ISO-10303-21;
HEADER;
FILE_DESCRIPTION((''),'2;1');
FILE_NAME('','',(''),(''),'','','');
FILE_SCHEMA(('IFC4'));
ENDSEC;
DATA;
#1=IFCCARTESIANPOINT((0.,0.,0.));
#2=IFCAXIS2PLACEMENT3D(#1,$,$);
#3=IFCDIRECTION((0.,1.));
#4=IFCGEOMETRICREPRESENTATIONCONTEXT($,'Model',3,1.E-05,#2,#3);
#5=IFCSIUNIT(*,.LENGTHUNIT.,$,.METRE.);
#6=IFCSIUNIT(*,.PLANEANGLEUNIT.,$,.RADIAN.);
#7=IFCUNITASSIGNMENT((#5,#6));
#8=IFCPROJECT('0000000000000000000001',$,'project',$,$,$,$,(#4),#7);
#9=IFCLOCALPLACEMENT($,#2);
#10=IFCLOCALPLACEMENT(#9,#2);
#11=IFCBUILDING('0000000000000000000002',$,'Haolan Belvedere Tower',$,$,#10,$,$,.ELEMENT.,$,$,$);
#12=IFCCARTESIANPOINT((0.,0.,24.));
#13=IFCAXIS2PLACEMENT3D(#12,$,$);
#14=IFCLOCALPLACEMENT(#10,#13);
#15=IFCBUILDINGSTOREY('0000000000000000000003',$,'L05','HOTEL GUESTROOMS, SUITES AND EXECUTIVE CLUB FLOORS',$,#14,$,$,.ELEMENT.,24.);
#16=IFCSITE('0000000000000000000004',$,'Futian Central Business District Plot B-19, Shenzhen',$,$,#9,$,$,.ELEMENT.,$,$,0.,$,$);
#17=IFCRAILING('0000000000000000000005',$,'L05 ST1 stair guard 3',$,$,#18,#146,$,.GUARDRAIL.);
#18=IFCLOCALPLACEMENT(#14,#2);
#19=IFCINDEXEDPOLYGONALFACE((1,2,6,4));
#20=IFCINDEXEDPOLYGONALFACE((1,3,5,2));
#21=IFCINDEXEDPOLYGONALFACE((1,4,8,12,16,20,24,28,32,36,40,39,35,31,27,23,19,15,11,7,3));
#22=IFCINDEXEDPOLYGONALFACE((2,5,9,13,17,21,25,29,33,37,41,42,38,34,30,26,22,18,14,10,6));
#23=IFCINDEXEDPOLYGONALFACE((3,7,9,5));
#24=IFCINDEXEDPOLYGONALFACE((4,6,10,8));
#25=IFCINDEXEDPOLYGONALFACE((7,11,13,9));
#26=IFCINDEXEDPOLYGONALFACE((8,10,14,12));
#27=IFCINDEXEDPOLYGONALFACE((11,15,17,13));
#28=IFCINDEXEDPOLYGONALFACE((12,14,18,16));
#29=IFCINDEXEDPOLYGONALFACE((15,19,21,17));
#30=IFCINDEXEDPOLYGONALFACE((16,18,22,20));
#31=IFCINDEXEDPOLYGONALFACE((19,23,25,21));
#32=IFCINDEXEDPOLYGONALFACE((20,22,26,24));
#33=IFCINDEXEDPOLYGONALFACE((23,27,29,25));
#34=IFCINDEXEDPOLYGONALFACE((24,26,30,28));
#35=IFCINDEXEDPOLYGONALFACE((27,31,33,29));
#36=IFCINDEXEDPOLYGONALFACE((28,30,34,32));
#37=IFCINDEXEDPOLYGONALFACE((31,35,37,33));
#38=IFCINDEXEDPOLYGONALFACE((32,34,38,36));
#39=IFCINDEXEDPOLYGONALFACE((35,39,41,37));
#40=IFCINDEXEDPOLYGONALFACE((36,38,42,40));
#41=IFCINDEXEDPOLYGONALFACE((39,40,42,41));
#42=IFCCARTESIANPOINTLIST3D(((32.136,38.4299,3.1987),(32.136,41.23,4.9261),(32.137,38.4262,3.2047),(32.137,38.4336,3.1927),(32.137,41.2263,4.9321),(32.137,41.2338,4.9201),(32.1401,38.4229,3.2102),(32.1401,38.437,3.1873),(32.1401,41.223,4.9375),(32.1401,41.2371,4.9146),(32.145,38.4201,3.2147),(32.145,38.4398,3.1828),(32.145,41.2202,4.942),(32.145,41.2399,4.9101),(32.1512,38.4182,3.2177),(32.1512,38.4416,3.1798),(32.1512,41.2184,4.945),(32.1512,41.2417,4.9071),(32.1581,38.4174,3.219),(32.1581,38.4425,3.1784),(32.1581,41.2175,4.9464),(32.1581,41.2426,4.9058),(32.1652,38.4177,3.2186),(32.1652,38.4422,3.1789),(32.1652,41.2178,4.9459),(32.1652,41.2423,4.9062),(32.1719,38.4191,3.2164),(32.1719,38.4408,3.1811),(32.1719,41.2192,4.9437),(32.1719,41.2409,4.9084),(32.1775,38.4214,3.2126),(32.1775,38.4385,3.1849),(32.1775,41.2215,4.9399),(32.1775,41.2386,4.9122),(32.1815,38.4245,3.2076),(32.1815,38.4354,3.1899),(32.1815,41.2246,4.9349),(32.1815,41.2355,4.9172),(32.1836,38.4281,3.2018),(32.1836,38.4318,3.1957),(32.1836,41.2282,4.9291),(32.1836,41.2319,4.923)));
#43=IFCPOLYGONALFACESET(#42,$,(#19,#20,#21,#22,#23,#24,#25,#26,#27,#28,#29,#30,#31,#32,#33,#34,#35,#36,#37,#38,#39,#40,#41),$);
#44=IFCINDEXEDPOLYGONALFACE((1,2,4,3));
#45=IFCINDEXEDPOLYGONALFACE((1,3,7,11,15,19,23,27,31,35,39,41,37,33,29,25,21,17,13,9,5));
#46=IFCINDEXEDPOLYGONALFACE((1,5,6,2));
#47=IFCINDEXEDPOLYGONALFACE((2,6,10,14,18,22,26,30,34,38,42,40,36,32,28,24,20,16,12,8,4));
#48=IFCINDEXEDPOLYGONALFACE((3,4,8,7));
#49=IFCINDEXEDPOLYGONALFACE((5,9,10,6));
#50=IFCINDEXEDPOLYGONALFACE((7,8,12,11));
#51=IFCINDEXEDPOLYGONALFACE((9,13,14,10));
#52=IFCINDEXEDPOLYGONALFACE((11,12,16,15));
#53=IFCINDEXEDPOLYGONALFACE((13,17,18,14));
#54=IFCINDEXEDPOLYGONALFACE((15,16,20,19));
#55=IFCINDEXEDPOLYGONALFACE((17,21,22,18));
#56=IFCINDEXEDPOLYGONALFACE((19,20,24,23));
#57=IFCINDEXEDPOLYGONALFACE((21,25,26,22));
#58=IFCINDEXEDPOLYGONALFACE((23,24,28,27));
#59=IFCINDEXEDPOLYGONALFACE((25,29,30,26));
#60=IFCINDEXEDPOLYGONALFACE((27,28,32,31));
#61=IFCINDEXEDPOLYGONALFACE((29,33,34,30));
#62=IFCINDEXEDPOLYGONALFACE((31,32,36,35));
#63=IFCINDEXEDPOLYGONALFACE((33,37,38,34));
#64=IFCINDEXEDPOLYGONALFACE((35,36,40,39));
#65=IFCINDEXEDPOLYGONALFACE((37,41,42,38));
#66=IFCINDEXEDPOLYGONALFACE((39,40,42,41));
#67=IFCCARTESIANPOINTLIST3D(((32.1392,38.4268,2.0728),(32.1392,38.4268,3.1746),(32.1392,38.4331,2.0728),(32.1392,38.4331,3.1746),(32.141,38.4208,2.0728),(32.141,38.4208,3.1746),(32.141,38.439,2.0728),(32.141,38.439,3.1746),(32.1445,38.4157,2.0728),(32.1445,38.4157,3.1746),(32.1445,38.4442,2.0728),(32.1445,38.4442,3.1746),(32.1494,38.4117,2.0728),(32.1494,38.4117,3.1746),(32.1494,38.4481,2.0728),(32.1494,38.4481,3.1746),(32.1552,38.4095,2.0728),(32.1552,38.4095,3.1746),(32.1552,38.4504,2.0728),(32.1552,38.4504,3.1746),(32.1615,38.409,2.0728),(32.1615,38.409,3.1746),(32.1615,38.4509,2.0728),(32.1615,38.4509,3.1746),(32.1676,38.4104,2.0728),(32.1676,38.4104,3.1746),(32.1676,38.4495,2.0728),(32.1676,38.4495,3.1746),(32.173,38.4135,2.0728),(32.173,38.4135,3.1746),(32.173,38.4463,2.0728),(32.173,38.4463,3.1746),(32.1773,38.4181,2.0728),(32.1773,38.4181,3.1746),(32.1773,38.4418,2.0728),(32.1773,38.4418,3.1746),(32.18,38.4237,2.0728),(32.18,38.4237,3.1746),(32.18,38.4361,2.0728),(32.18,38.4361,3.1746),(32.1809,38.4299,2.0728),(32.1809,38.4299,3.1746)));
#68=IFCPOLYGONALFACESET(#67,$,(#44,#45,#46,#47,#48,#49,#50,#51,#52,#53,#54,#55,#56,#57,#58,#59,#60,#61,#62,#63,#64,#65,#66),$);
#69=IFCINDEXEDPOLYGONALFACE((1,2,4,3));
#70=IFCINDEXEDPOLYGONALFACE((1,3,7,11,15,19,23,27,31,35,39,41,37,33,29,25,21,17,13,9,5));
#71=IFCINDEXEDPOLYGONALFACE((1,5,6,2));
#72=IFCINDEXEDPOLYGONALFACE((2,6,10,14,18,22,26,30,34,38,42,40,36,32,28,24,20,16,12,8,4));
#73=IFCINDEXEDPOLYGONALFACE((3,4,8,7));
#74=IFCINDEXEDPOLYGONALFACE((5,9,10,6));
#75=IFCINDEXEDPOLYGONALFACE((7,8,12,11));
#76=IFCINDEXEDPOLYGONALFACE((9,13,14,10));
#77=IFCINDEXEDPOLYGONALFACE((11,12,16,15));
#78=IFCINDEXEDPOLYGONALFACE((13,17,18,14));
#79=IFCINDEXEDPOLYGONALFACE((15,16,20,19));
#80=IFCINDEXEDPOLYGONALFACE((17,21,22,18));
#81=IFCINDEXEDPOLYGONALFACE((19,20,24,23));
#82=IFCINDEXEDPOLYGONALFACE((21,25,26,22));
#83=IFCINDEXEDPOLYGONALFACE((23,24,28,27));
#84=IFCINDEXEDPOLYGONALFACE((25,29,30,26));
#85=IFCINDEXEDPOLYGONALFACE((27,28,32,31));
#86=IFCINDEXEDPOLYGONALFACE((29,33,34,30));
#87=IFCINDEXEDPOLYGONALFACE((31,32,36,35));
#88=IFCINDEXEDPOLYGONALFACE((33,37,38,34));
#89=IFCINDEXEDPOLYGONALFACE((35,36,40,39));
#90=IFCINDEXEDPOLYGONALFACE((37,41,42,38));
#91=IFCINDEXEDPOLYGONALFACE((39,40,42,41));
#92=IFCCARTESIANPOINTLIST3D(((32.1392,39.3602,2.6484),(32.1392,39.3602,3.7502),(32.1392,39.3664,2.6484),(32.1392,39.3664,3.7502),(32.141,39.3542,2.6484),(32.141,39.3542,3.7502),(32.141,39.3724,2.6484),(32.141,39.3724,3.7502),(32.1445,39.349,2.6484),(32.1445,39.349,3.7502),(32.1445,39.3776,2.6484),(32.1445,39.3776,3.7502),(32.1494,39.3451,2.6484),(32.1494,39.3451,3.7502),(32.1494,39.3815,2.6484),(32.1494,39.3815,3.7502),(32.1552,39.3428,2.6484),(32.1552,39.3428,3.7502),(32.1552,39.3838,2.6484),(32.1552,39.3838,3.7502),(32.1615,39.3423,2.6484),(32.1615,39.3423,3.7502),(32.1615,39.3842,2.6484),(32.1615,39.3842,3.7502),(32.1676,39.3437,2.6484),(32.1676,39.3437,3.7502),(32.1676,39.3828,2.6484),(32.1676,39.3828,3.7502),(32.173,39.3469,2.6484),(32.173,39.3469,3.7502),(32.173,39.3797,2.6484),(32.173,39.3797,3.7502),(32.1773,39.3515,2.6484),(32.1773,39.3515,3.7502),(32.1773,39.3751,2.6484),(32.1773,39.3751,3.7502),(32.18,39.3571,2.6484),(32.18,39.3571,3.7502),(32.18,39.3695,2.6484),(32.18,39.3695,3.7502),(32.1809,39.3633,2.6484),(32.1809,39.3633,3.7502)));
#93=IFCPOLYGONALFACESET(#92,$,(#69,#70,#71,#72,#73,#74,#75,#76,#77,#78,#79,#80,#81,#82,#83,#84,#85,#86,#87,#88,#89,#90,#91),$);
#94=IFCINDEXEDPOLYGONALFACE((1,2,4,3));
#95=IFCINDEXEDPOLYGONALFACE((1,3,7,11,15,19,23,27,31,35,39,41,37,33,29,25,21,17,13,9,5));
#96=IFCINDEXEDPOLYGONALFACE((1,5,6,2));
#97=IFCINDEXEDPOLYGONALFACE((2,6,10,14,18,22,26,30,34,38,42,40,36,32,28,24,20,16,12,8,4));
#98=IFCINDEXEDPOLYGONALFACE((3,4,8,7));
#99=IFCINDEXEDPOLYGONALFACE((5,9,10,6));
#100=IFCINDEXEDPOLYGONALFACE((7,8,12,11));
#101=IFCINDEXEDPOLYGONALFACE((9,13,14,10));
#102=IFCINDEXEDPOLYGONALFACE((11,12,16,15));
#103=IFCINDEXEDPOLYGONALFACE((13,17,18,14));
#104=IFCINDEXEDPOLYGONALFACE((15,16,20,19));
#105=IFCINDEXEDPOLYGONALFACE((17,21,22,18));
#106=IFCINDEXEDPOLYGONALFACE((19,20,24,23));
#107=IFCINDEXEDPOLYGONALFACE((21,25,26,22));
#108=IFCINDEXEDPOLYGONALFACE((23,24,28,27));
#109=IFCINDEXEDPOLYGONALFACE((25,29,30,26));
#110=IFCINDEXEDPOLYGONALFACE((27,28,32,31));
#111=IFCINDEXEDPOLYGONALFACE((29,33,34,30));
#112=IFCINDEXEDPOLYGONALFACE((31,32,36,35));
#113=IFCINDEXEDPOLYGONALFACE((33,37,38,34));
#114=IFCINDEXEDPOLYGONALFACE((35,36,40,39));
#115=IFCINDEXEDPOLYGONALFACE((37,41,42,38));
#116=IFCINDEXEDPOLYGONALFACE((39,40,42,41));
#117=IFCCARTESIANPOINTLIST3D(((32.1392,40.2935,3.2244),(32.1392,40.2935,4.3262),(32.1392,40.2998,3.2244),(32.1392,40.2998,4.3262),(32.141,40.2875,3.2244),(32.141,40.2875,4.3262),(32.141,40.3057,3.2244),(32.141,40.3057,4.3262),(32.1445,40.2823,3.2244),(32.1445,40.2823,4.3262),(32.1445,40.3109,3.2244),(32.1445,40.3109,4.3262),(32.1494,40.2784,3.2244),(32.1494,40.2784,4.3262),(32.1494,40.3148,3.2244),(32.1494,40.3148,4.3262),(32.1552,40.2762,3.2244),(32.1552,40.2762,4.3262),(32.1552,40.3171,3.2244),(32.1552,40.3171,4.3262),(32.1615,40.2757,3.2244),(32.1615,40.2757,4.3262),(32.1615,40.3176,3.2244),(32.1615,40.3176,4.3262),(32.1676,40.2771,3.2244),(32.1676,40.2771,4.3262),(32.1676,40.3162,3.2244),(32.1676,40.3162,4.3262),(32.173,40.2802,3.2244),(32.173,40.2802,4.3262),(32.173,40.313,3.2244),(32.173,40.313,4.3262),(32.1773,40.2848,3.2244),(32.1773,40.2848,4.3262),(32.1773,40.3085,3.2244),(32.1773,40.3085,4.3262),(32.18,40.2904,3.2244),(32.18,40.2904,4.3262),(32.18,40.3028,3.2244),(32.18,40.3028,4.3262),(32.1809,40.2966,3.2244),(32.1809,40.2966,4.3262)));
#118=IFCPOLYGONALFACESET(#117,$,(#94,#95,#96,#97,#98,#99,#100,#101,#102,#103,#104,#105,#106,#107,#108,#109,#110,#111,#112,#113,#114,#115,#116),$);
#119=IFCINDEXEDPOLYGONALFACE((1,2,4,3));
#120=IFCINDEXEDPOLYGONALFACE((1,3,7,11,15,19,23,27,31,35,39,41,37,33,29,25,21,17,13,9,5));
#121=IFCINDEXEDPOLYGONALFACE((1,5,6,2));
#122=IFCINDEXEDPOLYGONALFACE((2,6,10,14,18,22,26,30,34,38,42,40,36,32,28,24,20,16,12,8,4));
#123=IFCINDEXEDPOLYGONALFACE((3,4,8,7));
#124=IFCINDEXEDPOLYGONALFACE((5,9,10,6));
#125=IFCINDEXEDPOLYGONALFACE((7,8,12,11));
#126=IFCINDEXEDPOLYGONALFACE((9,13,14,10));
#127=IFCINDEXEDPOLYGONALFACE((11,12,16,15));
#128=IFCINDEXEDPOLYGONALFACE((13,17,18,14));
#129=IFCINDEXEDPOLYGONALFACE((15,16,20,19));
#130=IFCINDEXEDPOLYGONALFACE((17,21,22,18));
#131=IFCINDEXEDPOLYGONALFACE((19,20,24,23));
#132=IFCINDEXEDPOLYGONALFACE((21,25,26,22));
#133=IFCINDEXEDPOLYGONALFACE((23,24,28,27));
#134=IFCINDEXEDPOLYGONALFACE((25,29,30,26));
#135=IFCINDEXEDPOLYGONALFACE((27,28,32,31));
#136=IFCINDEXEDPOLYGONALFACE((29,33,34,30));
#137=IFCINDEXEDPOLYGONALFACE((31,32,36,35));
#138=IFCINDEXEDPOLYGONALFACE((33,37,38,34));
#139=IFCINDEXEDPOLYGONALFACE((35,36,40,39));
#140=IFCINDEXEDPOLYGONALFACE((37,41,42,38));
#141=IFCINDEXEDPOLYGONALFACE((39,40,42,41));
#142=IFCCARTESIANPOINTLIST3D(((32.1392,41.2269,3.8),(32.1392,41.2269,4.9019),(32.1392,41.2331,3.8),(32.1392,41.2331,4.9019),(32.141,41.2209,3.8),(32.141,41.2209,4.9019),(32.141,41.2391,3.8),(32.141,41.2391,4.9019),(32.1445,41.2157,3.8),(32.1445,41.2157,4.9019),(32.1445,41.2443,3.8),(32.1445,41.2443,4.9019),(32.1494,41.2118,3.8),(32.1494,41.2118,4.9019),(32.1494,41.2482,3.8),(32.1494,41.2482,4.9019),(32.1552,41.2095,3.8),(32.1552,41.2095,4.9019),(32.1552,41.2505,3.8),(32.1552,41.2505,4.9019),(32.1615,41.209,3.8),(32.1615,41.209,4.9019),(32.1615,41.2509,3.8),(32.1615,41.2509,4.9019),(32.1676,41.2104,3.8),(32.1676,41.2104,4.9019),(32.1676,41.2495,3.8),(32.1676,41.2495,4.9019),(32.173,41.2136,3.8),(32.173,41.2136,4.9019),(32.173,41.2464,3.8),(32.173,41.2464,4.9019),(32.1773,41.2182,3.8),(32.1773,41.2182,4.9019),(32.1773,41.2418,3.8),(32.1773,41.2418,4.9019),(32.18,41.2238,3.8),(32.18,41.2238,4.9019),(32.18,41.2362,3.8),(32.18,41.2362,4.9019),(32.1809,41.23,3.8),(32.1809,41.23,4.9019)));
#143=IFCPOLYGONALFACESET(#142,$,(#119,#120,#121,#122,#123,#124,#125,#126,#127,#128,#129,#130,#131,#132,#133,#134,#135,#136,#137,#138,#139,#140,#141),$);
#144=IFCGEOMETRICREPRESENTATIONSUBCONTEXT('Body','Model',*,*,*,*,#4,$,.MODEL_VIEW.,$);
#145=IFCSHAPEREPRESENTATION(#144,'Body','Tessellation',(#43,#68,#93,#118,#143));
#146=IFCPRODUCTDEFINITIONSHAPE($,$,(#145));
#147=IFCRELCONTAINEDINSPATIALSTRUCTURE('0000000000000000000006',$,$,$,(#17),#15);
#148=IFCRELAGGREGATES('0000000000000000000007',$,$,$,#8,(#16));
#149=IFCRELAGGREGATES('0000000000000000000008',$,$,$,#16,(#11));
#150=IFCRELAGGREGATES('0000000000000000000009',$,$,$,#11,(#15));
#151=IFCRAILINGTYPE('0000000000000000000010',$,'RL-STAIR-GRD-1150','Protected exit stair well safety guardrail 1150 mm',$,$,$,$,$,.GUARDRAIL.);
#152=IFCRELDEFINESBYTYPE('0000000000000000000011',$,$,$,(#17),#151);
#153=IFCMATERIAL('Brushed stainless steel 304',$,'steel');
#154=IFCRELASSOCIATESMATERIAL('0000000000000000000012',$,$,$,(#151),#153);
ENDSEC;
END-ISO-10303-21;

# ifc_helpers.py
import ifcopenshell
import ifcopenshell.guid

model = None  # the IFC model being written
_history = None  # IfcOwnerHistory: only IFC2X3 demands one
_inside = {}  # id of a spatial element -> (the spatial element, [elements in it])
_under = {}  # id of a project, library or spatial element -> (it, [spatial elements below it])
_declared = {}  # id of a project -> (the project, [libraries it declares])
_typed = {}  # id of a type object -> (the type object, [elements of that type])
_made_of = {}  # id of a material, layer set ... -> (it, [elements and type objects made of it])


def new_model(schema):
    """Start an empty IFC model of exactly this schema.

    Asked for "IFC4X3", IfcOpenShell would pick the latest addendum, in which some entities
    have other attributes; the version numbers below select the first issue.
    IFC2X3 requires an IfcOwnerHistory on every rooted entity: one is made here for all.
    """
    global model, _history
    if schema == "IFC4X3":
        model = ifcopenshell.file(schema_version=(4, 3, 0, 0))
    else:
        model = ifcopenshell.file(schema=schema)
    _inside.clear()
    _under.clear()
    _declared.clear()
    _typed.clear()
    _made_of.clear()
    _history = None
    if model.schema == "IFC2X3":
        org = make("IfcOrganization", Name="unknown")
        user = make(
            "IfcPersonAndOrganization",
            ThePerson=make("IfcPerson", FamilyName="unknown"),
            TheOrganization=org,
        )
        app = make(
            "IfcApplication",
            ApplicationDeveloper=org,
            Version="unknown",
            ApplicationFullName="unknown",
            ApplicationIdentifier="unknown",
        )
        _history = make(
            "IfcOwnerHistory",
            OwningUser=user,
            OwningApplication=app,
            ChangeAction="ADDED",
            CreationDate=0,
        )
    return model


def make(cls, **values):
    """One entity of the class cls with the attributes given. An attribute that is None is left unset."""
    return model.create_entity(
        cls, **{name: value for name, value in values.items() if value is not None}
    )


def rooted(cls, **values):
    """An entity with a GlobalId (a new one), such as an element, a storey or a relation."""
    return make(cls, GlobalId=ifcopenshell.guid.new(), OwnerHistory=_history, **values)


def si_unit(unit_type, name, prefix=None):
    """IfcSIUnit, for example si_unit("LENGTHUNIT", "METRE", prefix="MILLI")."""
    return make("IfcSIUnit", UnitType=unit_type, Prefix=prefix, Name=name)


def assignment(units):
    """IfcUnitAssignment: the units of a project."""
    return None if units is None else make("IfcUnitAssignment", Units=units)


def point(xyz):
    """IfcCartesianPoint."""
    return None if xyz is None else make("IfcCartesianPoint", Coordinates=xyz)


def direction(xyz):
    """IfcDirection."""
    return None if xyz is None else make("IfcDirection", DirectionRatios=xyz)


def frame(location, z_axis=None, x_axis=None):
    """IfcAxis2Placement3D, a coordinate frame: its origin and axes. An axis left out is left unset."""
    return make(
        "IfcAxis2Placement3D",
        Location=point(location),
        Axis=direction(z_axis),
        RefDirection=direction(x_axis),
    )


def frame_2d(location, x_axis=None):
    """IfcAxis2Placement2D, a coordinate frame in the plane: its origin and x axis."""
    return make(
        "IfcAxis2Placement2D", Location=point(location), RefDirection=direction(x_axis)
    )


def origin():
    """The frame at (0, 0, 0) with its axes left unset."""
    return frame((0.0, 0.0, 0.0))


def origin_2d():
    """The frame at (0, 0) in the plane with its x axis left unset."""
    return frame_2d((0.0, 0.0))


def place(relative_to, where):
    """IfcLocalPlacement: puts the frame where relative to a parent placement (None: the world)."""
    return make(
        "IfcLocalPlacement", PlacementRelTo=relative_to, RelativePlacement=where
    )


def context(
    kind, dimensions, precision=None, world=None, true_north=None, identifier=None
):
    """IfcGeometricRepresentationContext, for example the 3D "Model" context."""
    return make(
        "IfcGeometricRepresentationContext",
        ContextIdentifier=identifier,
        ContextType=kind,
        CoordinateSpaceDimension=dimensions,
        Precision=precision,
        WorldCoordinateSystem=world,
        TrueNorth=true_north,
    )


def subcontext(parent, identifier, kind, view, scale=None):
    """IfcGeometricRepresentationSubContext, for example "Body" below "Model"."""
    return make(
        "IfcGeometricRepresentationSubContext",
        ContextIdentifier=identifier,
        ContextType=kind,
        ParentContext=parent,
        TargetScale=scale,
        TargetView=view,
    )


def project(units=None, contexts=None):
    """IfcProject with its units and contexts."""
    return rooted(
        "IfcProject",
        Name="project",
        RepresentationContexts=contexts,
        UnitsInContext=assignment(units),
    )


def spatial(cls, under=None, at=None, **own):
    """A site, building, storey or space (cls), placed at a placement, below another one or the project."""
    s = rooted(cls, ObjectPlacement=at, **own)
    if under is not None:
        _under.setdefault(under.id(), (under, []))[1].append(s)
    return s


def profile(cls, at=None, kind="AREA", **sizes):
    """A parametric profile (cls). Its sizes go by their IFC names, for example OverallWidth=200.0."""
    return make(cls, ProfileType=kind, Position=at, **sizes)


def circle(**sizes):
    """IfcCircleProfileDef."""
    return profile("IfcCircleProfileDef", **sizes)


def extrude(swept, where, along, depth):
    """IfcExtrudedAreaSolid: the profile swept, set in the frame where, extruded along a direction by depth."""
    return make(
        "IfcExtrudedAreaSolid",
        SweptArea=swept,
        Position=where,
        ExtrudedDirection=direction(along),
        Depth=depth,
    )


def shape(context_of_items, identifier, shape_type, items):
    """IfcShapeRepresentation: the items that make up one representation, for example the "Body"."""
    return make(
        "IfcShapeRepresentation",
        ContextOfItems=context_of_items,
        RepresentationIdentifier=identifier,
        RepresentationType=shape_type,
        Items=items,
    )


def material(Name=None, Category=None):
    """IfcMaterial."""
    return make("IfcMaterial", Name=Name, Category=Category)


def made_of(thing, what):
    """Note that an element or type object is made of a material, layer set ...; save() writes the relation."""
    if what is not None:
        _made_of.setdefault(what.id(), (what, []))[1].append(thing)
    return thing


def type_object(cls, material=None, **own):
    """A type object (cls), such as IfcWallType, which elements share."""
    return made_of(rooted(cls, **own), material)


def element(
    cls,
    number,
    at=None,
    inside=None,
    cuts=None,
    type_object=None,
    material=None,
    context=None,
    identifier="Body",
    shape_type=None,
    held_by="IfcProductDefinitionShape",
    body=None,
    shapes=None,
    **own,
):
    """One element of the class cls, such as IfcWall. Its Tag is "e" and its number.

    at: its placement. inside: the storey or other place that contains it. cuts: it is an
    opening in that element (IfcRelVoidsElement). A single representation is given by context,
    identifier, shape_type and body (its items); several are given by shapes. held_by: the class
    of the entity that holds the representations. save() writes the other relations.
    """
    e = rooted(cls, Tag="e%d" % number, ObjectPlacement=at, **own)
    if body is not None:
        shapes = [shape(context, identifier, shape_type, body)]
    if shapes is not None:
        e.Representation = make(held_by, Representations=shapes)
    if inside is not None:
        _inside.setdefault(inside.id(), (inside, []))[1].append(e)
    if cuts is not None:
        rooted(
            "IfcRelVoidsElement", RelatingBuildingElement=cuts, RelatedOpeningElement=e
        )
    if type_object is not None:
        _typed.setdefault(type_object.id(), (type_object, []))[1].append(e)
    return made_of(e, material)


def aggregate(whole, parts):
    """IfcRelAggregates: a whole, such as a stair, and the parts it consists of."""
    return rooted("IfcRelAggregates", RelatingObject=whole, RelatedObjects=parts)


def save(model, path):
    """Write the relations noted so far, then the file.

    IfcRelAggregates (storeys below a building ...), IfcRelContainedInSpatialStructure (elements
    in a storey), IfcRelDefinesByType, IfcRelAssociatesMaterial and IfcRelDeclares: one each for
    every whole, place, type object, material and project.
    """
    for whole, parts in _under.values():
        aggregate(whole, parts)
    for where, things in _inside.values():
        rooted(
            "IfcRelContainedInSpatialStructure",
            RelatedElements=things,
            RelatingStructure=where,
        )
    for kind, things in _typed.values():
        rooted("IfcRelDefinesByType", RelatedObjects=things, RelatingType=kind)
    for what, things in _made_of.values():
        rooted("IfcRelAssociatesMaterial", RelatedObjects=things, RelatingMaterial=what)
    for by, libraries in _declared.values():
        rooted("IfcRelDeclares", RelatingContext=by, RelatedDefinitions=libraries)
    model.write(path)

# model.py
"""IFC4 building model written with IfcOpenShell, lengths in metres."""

from ifc_helpers import new_model, si_unit, direction, frame, origin, origin_2d, place, context, subcontext, project, spatial, circle, extrude, material, type_object, element, save


model = new_model("IFC4")

# Units and contexts
model_context = context("Model", 3, precision=1e-05, world=origin(), true_north=direction((0.0, 1.0)))
body_context = subcontext(model_context, "Body", "Model", "MODEL_VIEW")
ifc_project = project(units=[si_unit("LENGTHUNIT", "METRE"), si_unit("PLANEANGLEUNIT", "RADIAN")], contexts=[model_context])

# Site, building, storey
site_placement = place(None, origin())
site = spatial("IfcSite", under=ifc_project, at=site_placement, Name="Futian Central Business District Plot B-19, Shenzhen", CompositionType="ELEMENT", RefElevation=0.0)
building_placement = place(site_placement, origin())
building = spatial("IfcBuilding", under=site, at=building_placement, Name="Haolan Belvedere Tower", CompositionType="ELEMENT")
storey_placement = place(building_placement, frame((0.0, 0.0, 24.0)))
storey = spatial("IfcBuildingStorey", under=building, at=storey_placement, Name="L05", Description="HOTEL GUESTROOMS, SUITES AND EXECUTIVE CLUB FLOORS", CompositionType="ELEMENT", Elevation=24.0)

# Railing
ifc_material_1 = material(Name="Brushed stainless steel 304", Category="steel")
railing_type_1 = type_object("IfcRailingType", Name="RL-STAIR-GRD-1150", Description="Protected exit stair well safety guardrail 1150 mm", PredefinedType="GUARDRAIL", material=ifc_material_1)
railing_1_placement = place(storey_placement, frame((32.1599, 38.4299, 2.0728)))
element("IfcRailing", 1, at=railing_1_placement, inside=storey, type_object=railing_type_1, Name="L05 ST1 stair guard 3", PredefinedType="GUARDRAIL", context=body_context, shape_type="SweptSolid", body=[
    extrude(circle(Radius=0.0239, at=origin_2d()), frame((0.0, 0.0, 1.126), z_axis=(0.0, 0.85109, 0.52502), x_axis=(-1.0, 0.0, 0.0)), (0.0, 0.0, 1.0), 3.29),
    extrude(circle(Radius=0.021, at=origin_2d()), origin(), (0.0, 0.0, 1.0), 1.1018),
    extrude(circle(Radius=0.021, at=origin_2d()), frame((0.0, 0.9333, 0.5757)), (0.0, 0.0, 1.0), 1.1018),
    extrude(circle(Radius=0.021, at=origin_2d()), frame((0.0, 1.8667, 1.1516)), (0.0, 0.0, 1.0), 1.1018),
    extrude(circle(Radius=0.021, at=origin_2d()), frame((0.0, 2.8, 1.7273)), (0.0, 0.0, 1.0), 1.1018),
])

save(model, "model.ifc")
